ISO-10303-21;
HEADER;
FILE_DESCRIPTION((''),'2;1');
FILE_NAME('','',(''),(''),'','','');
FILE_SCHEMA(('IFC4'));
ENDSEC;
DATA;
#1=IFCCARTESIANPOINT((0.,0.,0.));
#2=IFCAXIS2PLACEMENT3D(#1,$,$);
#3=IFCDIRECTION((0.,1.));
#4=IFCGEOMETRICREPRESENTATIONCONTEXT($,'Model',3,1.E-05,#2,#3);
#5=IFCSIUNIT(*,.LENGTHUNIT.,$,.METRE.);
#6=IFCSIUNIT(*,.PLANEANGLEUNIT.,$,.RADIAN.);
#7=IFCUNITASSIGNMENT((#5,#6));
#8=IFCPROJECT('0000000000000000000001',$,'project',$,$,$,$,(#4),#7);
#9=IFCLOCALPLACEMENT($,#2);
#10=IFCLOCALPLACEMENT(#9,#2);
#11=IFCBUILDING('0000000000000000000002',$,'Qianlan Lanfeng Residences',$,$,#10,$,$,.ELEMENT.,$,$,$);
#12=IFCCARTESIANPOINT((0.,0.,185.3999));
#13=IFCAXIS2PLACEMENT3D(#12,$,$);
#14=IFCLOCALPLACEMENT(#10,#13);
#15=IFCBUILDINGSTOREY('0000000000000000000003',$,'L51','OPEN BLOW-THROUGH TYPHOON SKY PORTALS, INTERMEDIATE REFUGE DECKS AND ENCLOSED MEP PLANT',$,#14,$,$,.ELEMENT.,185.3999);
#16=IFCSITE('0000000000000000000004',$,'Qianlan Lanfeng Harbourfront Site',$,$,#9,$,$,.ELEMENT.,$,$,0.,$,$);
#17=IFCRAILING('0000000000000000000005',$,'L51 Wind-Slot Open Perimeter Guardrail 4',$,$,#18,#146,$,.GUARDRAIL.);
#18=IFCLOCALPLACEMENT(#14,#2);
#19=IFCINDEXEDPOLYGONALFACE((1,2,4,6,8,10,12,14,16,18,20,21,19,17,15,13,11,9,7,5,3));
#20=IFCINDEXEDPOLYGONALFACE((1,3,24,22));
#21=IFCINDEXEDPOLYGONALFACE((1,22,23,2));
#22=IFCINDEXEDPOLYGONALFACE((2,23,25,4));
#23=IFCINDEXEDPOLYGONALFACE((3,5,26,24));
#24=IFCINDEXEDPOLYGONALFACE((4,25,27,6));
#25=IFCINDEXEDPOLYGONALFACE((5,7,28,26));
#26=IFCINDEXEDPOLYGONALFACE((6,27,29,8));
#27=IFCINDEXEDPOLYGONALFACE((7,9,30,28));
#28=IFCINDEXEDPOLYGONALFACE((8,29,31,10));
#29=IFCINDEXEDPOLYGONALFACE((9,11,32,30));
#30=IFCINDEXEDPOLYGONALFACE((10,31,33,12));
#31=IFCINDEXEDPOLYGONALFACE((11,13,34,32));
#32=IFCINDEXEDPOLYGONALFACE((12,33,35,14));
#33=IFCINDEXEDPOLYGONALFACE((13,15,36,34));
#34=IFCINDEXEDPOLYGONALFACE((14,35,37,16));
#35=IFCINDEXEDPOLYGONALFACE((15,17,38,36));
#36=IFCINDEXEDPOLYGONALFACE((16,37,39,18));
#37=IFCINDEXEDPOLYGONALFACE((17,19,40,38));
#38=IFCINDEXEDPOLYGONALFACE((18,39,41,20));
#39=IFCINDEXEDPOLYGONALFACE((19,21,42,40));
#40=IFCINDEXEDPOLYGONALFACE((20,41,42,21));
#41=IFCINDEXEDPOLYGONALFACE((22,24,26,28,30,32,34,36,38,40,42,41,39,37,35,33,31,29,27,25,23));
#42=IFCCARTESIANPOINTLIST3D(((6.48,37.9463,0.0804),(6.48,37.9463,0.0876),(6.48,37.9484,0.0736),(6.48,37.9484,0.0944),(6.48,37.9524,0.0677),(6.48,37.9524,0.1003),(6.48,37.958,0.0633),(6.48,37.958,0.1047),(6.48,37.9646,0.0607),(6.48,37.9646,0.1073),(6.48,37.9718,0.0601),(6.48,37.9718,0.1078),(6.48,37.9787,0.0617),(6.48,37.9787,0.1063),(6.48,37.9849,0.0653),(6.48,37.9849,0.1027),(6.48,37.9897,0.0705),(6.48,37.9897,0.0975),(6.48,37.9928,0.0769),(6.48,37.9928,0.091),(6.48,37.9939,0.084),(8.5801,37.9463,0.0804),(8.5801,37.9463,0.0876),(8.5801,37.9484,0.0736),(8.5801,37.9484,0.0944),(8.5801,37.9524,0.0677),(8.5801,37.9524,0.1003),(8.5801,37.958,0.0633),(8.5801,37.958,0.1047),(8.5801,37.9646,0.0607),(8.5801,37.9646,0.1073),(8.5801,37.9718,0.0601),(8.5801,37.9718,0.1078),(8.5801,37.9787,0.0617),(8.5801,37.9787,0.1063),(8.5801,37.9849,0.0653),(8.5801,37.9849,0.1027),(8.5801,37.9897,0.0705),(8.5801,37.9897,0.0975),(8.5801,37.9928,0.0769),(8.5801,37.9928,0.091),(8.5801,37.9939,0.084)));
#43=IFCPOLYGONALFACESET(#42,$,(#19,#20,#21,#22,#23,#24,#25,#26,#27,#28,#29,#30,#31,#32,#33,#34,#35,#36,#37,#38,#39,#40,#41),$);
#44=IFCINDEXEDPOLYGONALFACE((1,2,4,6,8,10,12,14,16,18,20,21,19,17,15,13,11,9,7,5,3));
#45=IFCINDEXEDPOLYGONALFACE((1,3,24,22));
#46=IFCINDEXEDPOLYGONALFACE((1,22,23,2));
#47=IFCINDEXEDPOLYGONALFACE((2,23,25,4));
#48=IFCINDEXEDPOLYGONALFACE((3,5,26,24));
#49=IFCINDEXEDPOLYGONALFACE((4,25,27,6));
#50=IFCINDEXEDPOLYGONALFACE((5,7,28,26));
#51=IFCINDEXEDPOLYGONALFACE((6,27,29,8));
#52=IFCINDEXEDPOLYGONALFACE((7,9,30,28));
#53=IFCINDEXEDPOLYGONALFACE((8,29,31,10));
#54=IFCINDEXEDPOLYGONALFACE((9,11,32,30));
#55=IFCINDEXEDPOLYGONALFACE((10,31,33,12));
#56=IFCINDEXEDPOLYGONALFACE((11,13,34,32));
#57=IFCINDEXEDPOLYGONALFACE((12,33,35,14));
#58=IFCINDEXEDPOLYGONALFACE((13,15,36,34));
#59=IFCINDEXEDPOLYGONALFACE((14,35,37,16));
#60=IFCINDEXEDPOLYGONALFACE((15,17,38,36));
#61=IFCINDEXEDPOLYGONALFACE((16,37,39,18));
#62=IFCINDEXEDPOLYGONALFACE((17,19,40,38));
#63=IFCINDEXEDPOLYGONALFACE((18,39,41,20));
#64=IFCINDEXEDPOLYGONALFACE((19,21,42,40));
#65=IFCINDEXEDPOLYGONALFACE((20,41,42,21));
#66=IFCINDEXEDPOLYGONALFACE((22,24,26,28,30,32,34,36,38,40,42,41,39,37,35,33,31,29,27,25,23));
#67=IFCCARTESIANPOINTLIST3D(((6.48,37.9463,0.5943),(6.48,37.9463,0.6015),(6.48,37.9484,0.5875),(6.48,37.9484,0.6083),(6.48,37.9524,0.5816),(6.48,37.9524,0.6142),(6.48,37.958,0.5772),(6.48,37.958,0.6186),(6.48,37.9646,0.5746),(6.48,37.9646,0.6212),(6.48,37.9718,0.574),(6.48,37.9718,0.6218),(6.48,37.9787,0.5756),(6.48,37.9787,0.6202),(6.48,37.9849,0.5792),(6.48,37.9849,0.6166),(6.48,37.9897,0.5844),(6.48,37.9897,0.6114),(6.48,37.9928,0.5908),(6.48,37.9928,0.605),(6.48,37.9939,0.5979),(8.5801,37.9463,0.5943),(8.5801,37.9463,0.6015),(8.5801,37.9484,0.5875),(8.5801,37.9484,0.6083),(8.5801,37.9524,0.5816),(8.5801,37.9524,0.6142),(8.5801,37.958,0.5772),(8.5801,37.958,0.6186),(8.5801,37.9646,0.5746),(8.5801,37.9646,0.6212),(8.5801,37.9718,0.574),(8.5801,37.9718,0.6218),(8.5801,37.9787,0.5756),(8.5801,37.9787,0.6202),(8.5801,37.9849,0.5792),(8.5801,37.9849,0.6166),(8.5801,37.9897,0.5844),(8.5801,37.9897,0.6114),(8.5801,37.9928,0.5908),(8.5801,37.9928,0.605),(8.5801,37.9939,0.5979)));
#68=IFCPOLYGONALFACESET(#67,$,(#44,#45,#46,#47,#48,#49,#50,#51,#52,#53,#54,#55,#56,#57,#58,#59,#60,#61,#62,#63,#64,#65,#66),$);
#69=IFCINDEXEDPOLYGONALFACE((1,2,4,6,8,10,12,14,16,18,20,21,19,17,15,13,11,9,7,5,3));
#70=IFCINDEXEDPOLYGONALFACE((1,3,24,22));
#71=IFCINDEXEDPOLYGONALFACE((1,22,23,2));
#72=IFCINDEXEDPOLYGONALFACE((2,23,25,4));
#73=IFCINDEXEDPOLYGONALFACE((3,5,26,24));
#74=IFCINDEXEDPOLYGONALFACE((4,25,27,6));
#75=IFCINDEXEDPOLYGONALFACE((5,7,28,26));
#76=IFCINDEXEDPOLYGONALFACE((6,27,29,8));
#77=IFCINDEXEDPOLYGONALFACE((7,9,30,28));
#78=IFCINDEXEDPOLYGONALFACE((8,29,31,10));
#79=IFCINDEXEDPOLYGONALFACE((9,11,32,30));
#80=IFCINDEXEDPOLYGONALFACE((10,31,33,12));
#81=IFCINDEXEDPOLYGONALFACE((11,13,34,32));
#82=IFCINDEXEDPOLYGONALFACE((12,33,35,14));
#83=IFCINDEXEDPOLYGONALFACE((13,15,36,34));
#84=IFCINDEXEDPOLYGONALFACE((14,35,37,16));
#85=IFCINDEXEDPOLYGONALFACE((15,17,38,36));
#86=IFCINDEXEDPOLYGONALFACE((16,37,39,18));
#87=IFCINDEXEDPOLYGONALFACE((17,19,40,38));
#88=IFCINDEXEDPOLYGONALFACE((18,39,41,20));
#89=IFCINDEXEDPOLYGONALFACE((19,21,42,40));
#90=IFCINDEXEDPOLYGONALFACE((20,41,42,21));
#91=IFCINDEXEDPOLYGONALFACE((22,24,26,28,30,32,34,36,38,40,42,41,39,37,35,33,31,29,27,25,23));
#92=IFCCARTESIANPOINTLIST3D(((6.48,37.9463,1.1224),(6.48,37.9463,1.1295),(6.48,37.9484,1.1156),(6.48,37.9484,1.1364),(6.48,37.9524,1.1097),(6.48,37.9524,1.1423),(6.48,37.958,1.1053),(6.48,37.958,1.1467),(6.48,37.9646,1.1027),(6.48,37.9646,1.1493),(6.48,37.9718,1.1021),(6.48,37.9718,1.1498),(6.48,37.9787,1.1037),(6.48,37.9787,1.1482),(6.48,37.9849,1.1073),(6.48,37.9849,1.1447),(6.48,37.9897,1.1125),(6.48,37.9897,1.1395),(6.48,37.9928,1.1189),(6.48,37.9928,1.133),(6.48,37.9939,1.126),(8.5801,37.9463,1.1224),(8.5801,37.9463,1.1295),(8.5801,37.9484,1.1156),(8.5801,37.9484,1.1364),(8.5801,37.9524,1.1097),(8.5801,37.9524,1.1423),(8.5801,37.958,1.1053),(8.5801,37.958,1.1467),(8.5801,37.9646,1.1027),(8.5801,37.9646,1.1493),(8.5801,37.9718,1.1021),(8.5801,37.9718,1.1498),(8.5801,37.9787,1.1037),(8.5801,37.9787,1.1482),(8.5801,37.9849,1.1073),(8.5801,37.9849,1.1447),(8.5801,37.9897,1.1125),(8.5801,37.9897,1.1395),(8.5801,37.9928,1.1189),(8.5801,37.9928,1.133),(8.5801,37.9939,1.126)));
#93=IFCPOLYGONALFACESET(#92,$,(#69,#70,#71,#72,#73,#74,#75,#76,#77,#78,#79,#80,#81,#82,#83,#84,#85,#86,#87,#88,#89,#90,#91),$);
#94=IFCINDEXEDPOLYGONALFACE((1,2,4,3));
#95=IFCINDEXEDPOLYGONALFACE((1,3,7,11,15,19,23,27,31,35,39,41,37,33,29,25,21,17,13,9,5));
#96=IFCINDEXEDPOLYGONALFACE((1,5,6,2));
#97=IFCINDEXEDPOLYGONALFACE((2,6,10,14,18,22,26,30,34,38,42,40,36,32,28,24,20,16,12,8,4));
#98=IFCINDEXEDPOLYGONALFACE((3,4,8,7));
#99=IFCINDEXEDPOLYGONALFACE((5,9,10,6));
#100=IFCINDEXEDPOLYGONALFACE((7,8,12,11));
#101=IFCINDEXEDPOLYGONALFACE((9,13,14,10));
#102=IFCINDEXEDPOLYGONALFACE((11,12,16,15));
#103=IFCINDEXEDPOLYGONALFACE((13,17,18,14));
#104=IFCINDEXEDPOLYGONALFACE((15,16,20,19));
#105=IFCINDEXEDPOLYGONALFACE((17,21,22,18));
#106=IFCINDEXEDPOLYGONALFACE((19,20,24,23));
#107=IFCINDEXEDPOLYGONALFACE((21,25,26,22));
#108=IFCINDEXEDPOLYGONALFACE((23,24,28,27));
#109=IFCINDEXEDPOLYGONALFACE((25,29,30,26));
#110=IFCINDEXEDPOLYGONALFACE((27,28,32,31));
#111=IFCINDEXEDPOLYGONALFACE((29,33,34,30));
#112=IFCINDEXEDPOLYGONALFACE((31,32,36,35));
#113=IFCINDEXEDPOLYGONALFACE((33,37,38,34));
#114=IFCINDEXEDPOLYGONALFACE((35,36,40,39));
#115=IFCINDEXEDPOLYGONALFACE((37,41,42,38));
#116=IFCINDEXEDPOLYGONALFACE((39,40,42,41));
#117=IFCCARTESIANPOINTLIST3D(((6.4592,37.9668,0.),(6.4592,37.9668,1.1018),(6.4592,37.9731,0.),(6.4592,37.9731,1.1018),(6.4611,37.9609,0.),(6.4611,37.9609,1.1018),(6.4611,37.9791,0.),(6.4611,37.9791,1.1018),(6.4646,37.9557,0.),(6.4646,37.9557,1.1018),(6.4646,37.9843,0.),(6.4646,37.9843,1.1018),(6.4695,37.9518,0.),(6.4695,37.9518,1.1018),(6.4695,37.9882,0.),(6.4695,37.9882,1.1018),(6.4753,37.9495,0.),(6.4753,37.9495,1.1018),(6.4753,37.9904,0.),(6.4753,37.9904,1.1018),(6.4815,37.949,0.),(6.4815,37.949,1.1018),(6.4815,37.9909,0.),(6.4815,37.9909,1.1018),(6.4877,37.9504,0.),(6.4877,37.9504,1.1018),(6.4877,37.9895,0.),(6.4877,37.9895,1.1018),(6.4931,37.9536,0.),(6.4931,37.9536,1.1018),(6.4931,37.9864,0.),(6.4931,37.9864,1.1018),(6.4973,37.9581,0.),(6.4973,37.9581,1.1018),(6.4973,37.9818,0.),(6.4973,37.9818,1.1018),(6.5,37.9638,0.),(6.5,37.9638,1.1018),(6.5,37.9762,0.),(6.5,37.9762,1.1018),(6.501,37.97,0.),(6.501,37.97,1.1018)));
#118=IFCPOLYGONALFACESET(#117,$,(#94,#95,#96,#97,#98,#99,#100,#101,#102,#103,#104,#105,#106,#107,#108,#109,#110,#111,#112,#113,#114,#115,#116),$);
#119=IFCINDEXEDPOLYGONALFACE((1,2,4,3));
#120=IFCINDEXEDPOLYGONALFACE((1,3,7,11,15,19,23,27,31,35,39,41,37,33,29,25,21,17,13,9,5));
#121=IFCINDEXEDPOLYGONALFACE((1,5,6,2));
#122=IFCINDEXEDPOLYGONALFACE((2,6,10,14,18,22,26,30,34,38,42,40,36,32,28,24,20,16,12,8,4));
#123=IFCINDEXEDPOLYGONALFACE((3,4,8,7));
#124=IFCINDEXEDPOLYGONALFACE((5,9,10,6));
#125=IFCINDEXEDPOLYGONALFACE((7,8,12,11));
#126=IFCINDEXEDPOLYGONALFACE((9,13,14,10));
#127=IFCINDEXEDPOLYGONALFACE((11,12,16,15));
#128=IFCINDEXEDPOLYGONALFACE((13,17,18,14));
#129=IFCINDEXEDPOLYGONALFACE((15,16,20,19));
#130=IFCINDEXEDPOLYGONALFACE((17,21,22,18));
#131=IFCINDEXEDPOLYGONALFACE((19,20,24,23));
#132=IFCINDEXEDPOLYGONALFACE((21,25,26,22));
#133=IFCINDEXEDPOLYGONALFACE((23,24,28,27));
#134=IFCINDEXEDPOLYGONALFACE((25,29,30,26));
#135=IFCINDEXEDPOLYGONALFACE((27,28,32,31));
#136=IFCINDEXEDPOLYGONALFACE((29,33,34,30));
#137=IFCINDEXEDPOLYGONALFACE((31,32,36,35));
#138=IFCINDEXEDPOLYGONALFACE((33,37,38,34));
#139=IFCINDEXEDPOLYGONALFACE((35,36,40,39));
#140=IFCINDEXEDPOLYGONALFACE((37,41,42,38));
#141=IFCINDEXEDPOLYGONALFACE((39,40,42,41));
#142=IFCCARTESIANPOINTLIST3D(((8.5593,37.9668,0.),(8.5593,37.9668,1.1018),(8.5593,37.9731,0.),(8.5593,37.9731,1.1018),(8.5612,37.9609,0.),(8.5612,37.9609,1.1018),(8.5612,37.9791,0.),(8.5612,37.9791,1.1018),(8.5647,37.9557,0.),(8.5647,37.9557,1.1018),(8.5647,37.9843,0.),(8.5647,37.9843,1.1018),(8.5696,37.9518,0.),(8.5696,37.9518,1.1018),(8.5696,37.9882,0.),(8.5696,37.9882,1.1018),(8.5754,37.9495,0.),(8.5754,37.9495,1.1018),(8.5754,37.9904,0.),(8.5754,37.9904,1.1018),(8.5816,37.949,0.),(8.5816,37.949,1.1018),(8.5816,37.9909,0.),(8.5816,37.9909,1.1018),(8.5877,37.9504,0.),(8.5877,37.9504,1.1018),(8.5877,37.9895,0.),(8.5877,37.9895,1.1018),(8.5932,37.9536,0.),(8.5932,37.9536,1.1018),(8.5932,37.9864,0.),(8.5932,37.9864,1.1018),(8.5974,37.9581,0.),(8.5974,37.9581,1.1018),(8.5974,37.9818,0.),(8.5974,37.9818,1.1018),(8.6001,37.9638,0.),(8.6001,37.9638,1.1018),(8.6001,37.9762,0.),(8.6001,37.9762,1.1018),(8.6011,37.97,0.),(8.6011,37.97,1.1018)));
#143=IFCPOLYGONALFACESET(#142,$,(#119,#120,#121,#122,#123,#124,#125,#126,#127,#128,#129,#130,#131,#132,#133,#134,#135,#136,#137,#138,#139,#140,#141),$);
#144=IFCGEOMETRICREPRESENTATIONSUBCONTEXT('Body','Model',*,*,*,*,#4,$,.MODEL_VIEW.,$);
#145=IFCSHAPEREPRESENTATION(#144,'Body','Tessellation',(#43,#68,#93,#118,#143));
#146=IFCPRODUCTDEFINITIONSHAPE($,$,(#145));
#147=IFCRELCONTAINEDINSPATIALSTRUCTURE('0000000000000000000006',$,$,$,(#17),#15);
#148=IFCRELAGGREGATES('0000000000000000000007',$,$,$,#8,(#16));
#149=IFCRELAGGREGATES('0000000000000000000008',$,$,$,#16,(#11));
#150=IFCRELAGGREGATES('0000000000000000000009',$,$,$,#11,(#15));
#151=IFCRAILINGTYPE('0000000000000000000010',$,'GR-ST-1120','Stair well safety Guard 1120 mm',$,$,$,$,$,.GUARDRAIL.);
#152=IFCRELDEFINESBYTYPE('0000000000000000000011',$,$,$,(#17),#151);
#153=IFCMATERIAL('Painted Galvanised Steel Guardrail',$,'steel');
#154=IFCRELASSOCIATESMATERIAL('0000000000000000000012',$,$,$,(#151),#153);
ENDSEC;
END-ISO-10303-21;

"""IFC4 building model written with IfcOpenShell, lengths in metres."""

from ifc_helpers import new_model, si_unit, direction, frame, origin, origin_2d, place, context, subcontext, project, spatial, circle, extrude, material, type_object, element, save


model = new_model("IFC4")

# Units and contexts
model_context = context("Model", 3, precision=1e-05, world=origin(), true_north=direction((0.0, 1.0)))
body_context = subcontext(model_context, "Body", "Model", "MODEL_VIEW")
ifc_project = project(units=[si_unit("LENGTHUNIT", "METRE"), si_unit("PLANEANGLEUNIT", "RADIAN")], contexts=[model_context])

# Site, building, storey
site_placement = place(None, origin())
site = spatial("IfcSite", under=ifc_project, at=site_placement, Name="Qianlan Lanfeng Harbourfront Site", CompositionType="ELEMENT", RefElevation=0.0)
building_placement = place(site_placement, origin())
building = spatial("IfcBuilding", under=site, at=building_placement, Name="Qianlan Lanfeng Residences", CompositionType="ELEMENT")
storey_placement = place(building_placement, frame((0.0, 0.0, 185.3999)))
storey = spatial("IfcBuildingStorey", under=building, at=storey_placement, Name="L51", Description="OPEN BLOW-THROUGH TYPHOON SKY PORTALS, INTERMEDIATE REFUGE DECKS AND ENCLOSED MEP PLANT", CompositionType="ELEMENT", Elevation=185.3999)

# Railing
ifc_material_1 = material(Name="Painted Galvanised Steel Guardrail", Category="steel")
railing_type_1 = type_object("IfcRailingType", Name="GR-ST-1120", Description="Stair well safety Guard 1120 mm", PredefinedType="GUARDRAIL", material=ifc_material_1)
railing_1_placement = place(storey_placement, frame((6.48, 37.97, 0.0)))
element("IfcRailing", 1, at=railing_1_placement, inside=storey, type_object=railing_type_1, Name="L51 Wind-Slot Open Perimeter Guardrail 4", PredefinedType="GUARDRAIL", context=body_context, shape_type="SweptSolid", body=[
    extrude(circle(Radius=0.0239, at=origin_2d()), frame((0.0, 0.0, 0.084), z_axis=(1.0, 0.0, 0.0), x_axis=(0.0, 1.0, 0.0)), (0.0, 0.0, 1.0), 2.1001),
    extrude(circle(Radius=0.0239, at=origin_2d()), frame((0.0, 0.0, 0.5979), z_axis=(1.0, 0.0, 0.0), x_axis=(0.0, 1.0, 0.0)), (0.0, 0.0, 1.0), 2.1001),
    extrude(circle(Radius=0.0239, at=origin_2d()), frame((0.0, 0.0, 1.126), z_axis=(1.0, 0.0, 0.0), x_axis=(0.0, 1.0, 0.0)), (0.0, 0.0, 1.0), 2.1001),
    extrude(circle(Radius=0.021, at=origin_2d()), origin(), (0.0, 0.0, 1.0), 1.1018),
    extrude(circle(Radius=0.021, at=origin_2d()), frame((2.1001, 0.0, 0.0)), (0.0, 0.0, 1.0), 1.1018),
])

save(model, "model.ifc")
